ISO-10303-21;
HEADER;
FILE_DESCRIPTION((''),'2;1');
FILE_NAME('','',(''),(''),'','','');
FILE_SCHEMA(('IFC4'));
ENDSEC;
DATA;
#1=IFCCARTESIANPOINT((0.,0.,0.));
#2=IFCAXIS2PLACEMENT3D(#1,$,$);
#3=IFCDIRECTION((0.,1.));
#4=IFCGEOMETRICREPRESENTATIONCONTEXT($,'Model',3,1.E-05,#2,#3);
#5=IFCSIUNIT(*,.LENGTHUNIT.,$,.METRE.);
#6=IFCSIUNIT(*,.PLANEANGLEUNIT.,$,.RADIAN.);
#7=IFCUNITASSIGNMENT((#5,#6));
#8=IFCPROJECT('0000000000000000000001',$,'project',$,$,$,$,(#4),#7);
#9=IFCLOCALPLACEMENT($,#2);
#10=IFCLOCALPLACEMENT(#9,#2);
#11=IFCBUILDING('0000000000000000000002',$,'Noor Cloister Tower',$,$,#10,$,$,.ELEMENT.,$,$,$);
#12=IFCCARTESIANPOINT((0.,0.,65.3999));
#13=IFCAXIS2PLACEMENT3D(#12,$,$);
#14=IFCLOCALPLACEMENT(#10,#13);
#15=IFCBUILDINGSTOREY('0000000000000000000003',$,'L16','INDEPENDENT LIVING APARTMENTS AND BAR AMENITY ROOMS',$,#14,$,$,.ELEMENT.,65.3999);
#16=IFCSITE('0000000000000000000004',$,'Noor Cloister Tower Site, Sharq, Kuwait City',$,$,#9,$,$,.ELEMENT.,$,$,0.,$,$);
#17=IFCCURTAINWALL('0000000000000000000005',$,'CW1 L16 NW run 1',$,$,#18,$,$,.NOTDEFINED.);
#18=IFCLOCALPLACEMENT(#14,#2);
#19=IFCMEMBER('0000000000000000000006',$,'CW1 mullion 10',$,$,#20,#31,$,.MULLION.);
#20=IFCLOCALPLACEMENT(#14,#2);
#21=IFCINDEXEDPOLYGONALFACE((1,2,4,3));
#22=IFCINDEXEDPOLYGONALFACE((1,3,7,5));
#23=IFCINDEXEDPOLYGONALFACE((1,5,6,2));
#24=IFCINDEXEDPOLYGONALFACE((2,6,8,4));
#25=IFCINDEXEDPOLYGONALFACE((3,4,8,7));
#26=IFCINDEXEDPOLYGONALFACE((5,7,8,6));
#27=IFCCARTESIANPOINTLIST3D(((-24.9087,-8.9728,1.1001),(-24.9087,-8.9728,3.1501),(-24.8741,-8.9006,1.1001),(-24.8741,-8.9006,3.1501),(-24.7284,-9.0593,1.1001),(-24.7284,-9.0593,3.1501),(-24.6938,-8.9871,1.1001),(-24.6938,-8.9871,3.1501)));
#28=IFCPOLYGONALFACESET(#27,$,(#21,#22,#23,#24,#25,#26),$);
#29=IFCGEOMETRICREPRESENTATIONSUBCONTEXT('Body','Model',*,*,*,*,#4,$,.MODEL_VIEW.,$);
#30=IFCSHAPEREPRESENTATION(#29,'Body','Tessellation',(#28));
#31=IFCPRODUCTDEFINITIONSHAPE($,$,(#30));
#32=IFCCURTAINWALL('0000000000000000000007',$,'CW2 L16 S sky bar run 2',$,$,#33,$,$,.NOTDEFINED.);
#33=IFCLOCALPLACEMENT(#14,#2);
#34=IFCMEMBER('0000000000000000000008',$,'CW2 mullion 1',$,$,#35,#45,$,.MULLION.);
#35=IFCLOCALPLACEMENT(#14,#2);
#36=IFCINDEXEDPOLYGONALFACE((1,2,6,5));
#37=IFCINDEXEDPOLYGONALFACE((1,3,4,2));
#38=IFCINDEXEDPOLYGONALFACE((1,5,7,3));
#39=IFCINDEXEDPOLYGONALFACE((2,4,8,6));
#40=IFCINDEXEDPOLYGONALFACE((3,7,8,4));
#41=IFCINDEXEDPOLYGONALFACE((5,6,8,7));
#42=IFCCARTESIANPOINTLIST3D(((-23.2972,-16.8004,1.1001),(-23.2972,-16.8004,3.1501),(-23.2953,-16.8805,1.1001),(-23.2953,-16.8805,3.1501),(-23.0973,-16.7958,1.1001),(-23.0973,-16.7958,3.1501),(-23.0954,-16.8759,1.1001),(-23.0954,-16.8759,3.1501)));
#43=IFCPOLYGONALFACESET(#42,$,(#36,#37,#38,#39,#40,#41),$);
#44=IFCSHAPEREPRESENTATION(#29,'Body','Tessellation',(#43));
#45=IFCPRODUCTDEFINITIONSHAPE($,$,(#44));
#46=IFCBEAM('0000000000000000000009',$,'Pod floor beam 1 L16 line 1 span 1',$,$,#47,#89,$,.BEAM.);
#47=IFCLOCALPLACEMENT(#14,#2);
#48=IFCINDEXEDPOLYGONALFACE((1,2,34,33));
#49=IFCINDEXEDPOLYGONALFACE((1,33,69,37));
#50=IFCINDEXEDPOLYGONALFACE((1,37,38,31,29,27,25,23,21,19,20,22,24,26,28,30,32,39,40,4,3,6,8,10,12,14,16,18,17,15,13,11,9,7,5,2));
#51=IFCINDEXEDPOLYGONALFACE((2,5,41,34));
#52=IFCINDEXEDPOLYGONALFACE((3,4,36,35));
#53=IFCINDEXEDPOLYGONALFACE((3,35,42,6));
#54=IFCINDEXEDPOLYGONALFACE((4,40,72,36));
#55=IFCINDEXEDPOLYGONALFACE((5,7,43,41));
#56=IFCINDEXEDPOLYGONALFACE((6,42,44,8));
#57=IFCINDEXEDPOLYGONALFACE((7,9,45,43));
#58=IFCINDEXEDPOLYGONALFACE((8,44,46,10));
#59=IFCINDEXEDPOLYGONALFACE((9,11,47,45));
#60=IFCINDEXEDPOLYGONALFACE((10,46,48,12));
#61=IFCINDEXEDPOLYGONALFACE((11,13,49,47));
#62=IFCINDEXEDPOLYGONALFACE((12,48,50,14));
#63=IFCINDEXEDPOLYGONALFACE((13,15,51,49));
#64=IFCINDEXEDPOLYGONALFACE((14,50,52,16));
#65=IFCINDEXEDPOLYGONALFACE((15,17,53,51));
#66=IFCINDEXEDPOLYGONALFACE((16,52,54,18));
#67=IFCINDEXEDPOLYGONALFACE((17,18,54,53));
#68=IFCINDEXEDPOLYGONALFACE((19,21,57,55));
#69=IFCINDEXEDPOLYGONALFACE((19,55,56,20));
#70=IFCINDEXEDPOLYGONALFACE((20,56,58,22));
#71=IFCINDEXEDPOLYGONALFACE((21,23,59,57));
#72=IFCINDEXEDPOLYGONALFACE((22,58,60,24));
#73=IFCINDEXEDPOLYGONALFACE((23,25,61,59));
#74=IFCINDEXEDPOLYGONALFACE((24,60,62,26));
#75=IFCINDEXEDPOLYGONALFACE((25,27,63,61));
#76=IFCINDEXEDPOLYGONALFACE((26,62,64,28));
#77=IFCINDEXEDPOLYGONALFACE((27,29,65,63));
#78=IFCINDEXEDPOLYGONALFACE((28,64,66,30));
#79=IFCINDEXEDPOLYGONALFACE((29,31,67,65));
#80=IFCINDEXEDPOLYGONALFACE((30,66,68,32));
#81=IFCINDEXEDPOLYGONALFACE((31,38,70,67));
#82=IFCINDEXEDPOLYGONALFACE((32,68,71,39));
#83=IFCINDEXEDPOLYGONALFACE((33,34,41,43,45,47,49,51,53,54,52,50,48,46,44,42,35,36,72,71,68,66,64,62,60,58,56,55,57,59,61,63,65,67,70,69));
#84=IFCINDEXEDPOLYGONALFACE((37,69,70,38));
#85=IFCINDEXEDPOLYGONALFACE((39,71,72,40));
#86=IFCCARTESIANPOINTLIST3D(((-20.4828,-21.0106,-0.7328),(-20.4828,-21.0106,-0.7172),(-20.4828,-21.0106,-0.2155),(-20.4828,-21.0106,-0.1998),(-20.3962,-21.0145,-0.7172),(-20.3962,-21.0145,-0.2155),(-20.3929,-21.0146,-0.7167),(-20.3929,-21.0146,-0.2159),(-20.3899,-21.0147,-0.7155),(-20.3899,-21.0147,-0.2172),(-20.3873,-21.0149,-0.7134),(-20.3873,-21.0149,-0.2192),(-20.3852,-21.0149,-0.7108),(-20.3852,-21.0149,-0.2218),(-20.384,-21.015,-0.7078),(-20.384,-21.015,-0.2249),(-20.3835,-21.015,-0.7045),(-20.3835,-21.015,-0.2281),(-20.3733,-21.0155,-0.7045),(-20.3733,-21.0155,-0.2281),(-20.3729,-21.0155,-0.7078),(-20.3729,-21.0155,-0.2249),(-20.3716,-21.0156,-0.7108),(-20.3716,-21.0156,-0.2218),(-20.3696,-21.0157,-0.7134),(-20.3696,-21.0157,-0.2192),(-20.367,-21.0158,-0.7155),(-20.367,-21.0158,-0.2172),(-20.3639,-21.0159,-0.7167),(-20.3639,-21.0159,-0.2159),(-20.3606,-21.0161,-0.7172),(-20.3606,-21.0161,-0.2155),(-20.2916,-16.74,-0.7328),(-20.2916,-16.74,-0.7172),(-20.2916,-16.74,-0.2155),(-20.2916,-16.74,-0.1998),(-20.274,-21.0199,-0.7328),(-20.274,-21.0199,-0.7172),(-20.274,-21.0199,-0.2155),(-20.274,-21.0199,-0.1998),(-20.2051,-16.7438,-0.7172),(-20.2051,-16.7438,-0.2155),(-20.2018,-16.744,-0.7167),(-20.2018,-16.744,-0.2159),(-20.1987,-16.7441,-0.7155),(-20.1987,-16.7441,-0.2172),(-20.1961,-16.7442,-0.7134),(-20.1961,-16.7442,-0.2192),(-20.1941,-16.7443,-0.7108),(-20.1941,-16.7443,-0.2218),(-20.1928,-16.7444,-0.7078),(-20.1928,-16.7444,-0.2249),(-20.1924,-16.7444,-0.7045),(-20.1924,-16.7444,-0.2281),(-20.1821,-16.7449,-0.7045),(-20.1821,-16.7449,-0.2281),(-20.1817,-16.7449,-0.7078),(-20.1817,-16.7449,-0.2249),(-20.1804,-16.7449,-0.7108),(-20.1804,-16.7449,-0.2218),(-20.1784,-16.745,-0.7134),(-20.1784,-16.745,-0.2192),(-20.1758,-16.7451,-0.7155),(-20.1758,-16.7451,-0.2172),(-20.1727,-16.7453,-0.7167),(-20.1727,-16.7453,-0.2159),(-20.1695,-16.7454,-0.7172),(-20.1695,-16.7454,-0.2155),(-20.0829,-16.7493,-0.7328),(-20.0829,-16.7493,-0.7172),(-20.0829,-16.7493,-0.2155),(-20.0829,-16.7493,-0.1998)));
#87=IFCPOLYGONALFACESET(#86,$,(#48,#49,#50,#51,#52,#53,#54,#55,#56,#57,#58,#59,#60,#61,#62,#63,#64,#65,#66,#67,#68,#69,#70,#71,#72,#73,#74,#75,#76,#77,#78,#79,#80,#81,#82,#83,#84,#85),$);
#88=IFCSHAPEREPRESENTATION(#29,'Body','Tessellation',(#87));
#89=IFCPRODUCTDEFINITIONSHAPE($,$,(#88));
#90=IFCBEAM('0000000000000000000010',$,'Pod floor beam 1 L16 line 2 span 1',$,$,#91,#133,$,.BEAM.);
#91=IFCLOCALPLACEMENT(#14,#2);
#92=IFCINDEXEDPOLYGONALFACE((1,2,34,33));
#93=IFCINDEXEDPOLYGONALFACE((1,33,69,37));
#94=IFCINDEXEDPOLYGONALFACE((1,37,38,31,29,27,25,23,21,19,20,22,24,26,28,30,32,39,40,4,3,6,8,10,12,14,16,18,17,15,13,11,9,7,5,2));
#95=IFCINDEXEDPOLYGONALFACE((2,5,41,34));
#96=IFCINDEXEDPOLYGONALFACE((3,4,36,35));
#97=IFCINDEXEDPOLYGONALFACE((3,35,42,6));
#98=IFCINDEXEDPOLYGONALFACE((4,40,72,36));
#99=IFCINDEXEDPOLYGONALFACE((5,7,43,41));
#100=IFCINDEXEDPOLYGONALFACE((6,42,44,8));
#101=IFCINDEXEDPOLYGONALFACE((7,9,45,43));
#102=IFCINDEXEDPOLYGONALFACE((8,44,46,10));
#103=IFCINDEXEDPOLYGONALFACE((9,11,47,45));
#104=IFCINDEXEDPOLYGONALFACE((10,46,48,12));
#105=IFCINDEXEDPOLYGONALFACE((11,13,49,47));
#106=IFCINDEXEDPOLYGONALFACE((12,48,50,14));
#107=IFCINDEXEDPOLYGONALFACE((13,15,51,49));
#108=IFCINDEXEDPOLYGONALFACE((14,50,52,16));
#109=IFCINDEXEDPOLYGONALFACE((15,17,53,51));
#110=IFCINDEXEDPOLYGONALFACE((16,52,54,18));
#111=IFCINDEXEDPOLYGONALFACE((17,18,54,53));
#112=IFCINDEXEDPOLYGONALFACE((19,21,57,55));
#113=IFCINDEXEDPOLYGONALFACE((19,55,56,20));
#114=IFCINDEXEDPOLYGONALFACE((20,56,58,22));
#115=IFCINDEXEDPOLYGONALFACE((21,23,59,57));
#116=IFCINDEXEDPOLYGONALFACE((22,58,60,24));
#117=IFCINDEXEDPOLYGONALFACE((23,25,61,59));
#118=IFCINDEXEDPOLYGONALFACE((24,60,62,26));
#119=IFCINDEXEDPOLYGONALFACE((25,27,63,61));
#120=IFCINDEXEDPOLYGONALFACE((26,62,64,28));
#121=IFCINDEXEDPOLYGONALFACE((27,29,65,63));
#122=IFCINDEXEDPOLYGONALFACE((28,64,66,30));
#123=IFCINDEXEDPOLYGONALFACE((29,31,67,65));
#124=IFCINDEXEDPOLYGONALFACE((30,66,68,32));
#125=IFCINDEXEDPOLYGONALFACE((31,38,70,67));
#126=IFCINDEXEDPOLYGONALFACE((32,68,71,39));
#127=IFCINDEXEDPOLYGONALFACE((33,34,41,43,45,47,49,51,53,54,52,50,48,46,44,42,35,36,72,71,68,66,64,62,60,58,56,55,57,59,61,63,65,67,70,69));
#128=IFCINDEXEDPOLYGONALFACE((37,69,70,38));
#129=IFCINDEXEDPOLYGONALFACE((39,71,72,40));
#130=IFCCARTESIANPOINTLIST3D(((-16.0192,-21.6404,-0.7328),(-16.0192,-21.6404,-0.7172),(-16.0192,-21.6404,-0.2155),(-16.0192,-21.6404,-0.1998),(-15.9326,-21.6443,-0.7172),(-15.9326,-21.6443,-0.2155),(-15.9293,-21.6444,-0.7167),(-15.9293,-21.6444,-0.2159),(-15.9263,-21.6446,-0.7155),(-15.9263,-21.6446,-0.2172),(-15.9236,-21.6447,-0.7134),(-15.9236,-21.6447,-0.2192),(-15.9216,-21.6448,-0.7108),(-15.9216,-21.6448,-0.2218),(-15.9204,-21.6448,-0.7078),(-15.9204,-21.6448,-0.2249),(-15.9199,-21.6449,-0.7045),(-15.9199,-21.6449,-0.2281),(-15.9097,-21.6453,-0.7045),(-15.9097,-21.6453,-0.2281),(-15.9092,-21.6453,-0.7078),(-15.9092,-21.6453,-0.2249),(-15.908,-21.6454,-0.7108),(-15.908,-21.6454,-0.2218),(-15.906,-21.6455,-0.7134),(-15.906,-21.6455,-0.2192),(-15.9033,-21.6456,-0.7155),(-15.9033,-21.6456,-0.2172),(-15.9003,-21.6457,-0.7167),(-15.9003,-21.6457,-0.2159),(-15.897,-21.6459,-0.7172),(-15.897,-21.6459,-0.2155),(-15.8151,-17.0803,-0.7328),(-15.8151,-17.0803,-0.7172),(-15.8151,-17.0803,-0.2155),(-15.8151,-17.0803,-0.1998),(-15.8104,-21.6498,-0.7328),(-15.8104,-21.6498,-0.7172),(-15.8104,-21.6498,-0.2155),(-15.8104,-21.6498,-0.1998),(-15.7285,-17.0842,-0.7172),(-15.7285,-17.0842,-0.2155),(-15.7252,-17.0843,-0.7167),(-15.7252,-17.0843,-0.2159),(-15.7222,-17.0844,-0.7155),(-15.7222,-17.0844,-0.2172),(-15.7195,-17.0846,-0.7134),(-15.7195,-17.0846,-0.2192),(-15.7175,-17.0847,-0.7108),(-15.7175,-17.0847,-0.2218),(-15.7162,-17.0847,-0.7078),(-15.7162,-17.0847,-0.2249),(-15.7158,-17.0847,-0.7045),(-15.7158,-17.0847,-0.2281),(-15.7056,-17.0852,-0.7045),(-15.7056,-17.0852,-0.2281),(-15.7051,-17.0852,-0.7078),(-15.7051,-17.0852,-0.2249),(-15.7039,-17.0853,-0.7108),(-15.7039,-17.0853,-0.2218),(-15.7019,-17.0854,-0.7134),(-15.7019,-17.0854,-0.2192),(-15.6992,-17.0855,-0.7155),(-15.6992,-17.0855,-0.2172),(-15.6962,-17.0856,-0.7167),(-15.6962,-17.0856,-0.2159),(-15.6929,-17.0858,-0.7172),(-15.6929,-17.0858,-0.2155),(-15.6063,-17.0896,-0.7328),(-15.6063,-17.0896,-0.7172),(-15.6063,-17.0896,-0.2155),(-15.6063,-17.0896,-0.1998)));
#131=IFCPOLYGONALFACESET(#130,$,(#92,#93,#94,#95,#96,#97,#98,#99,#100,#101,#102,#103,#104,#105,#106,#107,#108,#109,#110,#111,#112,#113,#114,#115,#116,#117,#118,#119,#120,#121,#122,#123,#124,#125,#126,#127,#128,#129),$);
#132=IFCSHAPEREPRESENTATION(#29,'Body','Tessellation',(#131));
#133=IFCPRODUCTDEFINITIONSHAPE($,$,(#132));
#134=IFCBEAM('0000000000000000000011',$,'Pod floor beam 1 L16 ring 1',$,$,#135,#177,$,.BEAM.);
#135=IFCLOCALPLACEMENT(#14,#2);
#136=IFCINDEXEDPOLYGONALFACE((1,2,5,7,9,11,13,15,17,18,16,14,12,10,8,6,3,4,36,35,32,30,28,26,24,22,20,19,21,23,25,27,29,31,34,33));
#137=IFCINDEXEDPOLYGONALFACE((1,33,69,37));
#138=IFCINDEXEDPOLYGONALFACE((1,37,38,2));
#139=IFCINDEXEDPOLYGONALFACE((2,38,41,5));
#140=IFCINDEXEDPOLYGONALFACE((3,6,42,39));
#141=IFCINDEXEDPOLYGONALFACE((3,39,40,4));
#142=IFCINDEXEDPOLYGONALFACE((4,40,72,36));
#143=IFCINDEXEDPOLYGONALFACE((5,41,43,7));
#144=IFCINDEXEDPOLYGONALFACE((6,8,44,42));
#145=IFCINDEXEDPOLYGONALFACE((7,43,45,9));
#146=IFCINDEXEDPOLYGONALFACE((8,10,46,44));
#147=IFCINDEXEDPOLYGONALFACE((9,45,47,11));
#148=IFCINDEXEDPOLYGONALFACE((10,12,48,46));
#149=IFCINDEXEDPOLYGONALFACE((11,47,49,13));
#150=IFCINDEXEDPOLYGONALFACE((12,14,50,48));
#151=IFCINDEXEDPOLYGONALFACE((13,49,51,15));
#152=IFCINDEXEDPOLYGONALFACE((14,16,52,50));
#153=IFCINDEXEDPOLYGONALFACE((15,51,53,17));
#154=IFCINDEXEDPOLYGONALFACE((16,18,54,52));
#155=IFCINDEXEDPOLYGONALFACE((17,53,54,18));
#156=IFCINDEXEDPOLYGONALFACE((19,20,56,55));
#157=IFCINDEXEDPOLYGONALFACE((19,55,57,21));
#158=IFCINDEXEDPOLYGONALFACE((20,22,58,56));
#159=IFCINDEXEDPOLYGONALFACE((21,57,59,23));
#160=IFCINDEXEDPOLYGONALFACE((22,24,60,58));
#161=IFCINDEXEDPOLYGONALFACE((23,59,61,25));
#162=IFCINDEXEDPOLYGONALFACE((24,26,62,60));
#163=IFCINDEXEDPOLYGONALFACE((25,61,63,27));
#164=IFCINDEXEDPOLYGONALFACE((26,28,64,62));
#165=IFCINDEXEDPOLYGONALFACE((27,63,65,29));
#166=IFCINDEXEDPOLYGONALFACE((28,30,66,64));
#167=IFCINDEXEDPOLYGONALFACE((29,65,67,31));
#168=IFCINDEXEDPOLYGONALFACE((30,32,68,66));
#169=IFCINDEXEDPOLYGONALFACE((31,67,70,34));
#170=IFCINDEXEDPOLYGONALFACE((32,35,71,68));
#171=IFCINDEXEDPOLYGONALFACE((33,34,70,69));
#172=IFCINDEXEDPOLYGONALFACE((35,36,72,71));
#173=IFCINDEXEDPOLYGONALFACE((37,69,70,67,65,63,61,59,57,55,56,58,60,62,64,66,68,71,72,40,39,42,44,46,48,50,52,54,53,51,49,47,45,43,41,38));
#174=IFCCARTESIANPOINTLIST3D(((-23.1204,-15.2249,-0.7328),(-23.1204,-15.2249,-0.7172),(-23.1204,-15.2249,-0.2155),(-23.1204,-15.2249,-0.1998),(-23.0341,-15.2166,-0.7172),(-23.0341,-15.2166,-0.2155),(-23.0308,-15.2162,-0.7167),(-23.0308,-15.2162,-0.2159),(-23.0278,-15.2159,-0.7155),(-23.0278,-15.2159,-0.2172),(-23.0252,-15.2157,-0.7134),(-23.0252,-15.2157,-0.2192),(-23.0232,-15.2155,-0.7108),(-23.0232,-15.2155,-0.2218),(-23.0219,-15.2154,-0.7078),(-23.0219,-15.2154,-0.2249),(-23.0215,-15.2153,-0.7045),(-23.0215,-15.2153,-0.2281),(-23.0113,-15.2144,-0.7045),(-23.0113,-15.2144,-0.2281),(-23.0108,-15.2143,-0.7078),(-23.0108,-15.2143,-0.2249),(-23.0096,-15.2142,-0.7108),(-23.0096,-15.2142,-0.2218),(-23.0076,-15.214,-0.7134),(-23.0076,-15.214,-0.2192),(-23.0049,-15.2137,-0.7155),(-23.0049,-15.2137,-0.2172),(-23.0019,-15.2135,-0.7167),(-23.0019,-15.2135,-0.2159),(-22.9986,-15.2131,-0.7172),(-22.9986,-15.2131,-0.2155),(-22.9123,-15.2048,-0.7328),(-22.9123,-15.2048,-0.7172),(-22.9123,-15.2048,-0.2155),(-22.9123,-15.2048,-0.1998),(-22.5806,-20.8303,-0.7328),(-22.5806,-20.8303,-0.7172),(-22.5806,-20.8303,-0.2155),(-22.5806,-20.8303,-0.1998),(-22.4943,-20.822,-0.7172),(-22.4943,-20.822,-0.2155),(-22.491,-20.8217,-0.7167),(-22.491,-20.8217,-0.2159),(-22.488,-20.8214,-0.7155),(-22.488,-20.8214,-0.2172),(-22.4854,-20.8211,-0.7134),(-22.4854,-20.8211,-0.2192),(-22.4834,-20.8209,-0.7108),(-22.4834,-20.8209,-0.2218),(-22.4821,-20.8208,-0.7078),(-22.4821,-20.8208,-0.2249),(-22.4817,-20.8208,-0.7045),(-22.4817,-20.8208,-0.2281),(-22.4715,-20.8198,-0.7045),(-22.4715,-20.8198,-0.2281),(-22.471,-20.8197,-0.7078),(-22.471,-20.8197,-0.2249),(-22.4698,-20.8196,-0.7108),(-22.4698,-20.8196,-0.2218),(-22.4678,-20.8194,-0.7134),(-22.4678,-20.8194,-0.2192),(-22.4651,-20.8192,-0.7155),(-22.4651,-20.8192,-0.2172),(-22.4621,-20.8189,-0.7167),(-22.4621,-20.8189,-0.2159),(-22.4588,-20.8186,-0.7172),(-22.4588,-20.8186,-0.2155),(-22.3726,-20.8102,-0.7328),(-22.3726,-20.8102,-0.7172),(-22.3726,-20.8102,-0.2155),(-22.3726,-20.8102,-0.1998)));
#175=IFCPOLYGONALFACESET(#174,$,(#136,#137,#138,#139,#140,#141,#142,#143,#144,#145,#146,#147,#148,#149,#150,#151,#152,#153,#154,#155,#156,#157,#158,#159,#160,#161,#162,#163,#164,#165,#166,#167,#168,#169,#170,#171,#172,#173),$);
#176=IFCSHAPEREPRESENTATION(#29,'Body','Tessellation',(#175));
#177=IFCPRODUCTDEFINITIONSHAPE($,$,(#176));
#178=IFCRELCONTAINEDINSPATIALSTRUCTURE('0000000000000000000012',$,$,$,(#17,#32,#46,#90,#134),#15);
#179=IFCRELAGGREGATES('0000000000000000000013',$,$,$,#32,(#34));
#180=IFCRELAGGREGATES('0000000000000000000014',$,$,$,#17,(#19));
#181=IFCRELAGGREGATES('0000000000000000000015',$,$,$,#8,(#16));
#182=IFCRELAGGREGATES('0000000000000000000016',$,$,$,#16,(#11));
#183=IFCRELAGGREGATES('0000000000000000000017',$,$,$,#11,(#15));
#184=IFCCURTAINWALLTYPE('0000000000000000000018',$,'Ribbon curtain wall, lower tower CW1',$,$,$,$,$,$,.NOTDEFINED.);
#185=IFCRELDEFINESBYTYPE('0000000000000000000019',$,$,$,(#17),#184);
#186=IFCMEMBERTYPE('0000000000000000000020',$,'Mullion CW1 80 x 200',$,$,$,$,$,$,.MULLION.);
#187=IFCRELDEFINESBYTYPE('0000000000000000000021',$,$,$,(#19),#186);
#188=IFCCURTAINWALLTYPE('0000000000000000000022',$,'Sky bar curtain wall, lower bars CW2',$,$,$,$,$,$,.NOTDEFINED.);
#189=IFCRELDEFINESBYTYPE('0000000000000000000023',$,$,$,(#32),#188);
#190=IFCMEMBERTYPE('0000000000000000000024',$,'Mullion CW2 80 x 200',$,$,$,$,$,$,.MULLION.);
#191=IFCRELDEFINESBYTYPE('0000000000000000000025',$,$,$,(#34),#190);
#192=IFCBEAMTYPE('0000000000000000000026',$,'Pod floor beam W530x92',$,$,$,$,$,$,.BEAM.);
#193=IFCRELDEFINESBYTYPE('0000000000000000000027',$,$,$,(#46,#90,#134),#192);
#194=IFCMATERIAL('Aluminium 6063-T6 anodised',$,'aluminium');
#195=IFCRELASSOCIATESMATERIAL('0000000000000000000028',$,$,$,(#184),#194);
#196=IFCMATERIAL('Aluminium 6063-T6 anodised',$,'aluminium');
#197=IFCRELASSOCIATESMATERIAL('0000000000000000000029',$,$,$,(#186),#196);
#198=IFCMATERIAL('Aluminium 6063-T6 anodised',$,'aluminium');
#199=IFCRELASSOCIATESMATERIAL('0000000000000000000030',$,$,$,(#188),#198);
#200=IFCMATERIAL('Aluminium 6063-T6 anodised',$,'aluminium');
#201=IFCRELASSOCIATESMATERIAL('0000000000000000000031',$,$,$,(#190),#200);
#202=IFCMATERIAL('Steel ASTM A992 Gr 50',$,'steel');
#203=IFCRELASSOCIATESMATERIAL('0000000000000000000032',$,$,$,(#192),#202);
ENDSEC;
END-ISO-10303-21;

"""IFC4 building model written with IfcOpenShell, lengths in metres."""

from ifc_helpers import new_model, si_unit, direction, frame, origin, origin_2d, place, context, subcontext, project, spatial, rectangle, i_section, extrude, material, material_profile, profile_set, type_object, element, aggregate, save


model = new_model("IFC4")

# Units and contexts
model_context = context("Model", 3, precision=1e-05, world=origin(), true_north=direction((0.0, 1.0)))
body_context = subcontext(model_context, "Body", "Model", "MODEL_VIEW")
ifc_project = project(units=[si_unit("LENGTHUNIT", "METRE"), si_unit("PLANEANGLEUNIT", "RADIAN")], contexts=[model_context])

# Site, building, storey
site_placement = place(None, origin())
site = spatial("IfcSite", under=ifc_project, at=site_placement, Name="Noor Cloister Tower Site, Sharq, Kuwait City", CompositionType="ELEMENT", RefElevation=0.0)
building_placement = place(site_placement, origin())
building = spatial("IfcBuilding", under=site, at=building_placement, Name="Noor Cloister Tower", CompositionType="ELEMENT")
storey_placement = place(building_placement, frame((0.0, 0.0, 65.3999)))
storey = spatial("IfcBuildingStorey", under=building, at=storey_placement, Name="L16", Description="INDEPENDENT LIVING APARTMENTS AND BAR AMENITY ROOMS", CompositionType="ELEMENT", Elevation=65.3999)

# Curtain walls, members
ifc_material_1 = material(Name="Aluminium 6063-T6 anodised", Category="aluminium")
curtain_wall_type_1 = type_object("IfcCurtainWallType", Name="Ribbon curtain wall, lower tower CW1", PredefinedType="NOTDEFINED", material=ifc_material_1)
curtain_wall_1_placement = place(storey_placement, origin())
curtain_wall_1 = element("IfcCurtainWall", 1, at=curtain_wall_1_placement, inside=storey, type_object=curtain_wall_type_1, Name="CW1 L16 NW run 1", PredefinedType="NOTDEFINED")
ifc_material_2 = material(Name="Aluminium 6063-T6 anodised", Category="aluminium")
ifc_material_profile_1 = material_profile(ifc_material_2, rectangle(XDim=0.2, YDim=0.0801, at=origin_2d()), Name="200 x 80 mullion")
ifc_profile_set_1 = profile_set([ifc_material_profile_1], Name="Aluminium 6063-T6 anodised")
member_type_1 = type_object("IfcMemberType", Name="Mullion CW1 80 x 200", PredefinedType="MULLION", material=ifc_profile_set_1)
member_1_placement = place(storey_placement, frame((-24.8013, -8.98, 1.1001), z_axis=(0.0, 0.0, 1.0), x_axis=(0.901656, -0.432455, 0.0)))
member_1 = element("IfcMember", 2, at=member_1_placement, type_object=member_type_1, Name="CW1 mullion 10", PredefinedType="MULLION", context=body_context, shape_type="SweptSolid", body=[
    extrude(rectangle(XDim=0.2, YDim=0.0801, at=origin_2d()), origin(), (0.0, 0.0, 1.0), 2.05),
])
ifc_material_3 = material(Name="Aluminium 6063-T6 anodised", Category="aluminium")
curtain_wall_type_2 = type_object("IfcCurtainWallType", Name="Sky bar curtain wall, lower bars CW2", PredefinedType="NOTDEFINED", material=ifc_material_3)
curtain_wall_2_placement = place(storey_placement, origin())
curtain_wall_2 = element("IfcCurtainWall", 3, at=curtain_wall_2_placement, inside=storey, type_object=curtain_wall_type_2, Name="CW2 L16 S sky bar run 2", PredefinedType="NOTDEFINED")
ifc_material_4 = material(Name="Aluminium 6063-T6 anodised", Category="aluminium")
ifc_material_profile_2 = material_profile(ifc_material_4, rectangle(XDim=0.2, YDim=0.0801, at=origin_2d()), Name="200 x 80 mullion")
ifc_profile_set_2 = profile_set([ifc_material_profile_2], Name="Aluminium 6063-T6 anodised")
member_type_2 = type_object("IfcMemberType", Name="Mullion CW2 80 x 200", PredefinedType="MULLION", material=ifc_profile_set_2)
member_2_placement = place(storey_placement, frame((-23.1963, -16.8381, 1.1001), z_axis=(0.0, 0.0, 1.0), x_axis=(0.999737, 0.022953, 0.0)))
member_2 = element("IfcMember", 4, at=member_2_placement, type_object=member_type_2, Name="CW2 mullion 1", PredefinedType="MULLION", context=body_context, shape_type="SweptSolid", body=[
    extrude(rectangle(XDim=0.2, YDim=0.0801, at=origin_2d()), origin(), (0.0, 0.0, 1.0), 2.05),
])
aggregate(curtain_wall_2, [member_2])

# Beams
ifc_material_5 = material(Name="Steel ASTM A992 Gr 50", Category="steel")
ifc_material_profile_3 = material_profile(ifc_material_5, i_section(OverallWidth=0.209, OverallDepth=0.533, WebThickness=0.0103, FlangeThickness=0.0156, FilletRadius=0.0127, at=origin_2d()), Name="W530x92")
ifc_profile_set_3 = profile_set([ifc_material_profile_3], Name="Steel ASTM A992 Gr 50")
beam_type_1 = type_object("IfcBeamType", Name="Pod floor beam W530x92", PredefinedType="BEAM", material=ifc_profile_set_3)
beam_1_placement = place(storey_placement, frame((-20.1873, -16.7446, -0.4663), z_axis=(-0.044719, -0.999, 0.0), x_axis=(0.999, -0.044719, 0.0)))
element("IfcBeam", 5, at=beam_1_placement, inside=storey, type_object=beam_type_1, Name="Pod floor beam 1 L16 line 1 span 1", PredefinedType="BEAM", context=body_context, shape_type="SweptSolid", body=[
    extrude(i_section(OverallWidth=0.209, OverallDepth=0.533, WebThickness=0.0103, FlangeThickness=0.0156, FilletRadius=0.0127, at=origin_2d()), origin(), (0.0, 0.0, 1.0), 4.2749),
])
beam_2_placement = place(storey_placement, frame((-15.7107, -17.085, -0.4663), z_axis=(-0.044714, -0.999, 0.0), x_axis=(0.999, -0.044714, 0.0)))
element("IfcBeam", 6, at=beam_2_placement, inside=storey, type_object=beam_type_1, Name="Pod floor beam 1 L16 line 2 span 1", PredefinedType="BEAM", context=body_context, shape_type="SweptSolid", body=[
    extrude(i_section(OverallWidth=0.209, OverallDepth=0.533, WebThickness=0.0103, FlangeThickness=0.0156, FilletRadius=0.0127, at=origin_2d()), origin(), (0.0, 0.0, 1.0), 4.5647),
])
beam_3_placement = place(storey_placement, frame((-23.0164, -15.2148, -0.4663), z_axis=(0.095854, -0.995395, 0.0), x_axis=(0.995395, 0.095854, 0.0)))
element("IfcBeam", 7, at=beam_3_placement, inside=storey, type_object=beam_type_1, Name="Pod floor beam 1 L16 ring 1", PredefinedType="BEAM", context=body_context, shape_type="SweptSolid", body=[
    extrude(i_section(OverallWidth=0.209, OverallDepth=0.533, WebThickness=0.0103, FlangeThickness=0.0156, FilletRadius=0.0127, at=origin_2d()), origin(), (0.0, 0.0, 1.0), 5.6313),
])

aggregate(curtain_wall_1, [member_1])

save(model, "model.ifc")
